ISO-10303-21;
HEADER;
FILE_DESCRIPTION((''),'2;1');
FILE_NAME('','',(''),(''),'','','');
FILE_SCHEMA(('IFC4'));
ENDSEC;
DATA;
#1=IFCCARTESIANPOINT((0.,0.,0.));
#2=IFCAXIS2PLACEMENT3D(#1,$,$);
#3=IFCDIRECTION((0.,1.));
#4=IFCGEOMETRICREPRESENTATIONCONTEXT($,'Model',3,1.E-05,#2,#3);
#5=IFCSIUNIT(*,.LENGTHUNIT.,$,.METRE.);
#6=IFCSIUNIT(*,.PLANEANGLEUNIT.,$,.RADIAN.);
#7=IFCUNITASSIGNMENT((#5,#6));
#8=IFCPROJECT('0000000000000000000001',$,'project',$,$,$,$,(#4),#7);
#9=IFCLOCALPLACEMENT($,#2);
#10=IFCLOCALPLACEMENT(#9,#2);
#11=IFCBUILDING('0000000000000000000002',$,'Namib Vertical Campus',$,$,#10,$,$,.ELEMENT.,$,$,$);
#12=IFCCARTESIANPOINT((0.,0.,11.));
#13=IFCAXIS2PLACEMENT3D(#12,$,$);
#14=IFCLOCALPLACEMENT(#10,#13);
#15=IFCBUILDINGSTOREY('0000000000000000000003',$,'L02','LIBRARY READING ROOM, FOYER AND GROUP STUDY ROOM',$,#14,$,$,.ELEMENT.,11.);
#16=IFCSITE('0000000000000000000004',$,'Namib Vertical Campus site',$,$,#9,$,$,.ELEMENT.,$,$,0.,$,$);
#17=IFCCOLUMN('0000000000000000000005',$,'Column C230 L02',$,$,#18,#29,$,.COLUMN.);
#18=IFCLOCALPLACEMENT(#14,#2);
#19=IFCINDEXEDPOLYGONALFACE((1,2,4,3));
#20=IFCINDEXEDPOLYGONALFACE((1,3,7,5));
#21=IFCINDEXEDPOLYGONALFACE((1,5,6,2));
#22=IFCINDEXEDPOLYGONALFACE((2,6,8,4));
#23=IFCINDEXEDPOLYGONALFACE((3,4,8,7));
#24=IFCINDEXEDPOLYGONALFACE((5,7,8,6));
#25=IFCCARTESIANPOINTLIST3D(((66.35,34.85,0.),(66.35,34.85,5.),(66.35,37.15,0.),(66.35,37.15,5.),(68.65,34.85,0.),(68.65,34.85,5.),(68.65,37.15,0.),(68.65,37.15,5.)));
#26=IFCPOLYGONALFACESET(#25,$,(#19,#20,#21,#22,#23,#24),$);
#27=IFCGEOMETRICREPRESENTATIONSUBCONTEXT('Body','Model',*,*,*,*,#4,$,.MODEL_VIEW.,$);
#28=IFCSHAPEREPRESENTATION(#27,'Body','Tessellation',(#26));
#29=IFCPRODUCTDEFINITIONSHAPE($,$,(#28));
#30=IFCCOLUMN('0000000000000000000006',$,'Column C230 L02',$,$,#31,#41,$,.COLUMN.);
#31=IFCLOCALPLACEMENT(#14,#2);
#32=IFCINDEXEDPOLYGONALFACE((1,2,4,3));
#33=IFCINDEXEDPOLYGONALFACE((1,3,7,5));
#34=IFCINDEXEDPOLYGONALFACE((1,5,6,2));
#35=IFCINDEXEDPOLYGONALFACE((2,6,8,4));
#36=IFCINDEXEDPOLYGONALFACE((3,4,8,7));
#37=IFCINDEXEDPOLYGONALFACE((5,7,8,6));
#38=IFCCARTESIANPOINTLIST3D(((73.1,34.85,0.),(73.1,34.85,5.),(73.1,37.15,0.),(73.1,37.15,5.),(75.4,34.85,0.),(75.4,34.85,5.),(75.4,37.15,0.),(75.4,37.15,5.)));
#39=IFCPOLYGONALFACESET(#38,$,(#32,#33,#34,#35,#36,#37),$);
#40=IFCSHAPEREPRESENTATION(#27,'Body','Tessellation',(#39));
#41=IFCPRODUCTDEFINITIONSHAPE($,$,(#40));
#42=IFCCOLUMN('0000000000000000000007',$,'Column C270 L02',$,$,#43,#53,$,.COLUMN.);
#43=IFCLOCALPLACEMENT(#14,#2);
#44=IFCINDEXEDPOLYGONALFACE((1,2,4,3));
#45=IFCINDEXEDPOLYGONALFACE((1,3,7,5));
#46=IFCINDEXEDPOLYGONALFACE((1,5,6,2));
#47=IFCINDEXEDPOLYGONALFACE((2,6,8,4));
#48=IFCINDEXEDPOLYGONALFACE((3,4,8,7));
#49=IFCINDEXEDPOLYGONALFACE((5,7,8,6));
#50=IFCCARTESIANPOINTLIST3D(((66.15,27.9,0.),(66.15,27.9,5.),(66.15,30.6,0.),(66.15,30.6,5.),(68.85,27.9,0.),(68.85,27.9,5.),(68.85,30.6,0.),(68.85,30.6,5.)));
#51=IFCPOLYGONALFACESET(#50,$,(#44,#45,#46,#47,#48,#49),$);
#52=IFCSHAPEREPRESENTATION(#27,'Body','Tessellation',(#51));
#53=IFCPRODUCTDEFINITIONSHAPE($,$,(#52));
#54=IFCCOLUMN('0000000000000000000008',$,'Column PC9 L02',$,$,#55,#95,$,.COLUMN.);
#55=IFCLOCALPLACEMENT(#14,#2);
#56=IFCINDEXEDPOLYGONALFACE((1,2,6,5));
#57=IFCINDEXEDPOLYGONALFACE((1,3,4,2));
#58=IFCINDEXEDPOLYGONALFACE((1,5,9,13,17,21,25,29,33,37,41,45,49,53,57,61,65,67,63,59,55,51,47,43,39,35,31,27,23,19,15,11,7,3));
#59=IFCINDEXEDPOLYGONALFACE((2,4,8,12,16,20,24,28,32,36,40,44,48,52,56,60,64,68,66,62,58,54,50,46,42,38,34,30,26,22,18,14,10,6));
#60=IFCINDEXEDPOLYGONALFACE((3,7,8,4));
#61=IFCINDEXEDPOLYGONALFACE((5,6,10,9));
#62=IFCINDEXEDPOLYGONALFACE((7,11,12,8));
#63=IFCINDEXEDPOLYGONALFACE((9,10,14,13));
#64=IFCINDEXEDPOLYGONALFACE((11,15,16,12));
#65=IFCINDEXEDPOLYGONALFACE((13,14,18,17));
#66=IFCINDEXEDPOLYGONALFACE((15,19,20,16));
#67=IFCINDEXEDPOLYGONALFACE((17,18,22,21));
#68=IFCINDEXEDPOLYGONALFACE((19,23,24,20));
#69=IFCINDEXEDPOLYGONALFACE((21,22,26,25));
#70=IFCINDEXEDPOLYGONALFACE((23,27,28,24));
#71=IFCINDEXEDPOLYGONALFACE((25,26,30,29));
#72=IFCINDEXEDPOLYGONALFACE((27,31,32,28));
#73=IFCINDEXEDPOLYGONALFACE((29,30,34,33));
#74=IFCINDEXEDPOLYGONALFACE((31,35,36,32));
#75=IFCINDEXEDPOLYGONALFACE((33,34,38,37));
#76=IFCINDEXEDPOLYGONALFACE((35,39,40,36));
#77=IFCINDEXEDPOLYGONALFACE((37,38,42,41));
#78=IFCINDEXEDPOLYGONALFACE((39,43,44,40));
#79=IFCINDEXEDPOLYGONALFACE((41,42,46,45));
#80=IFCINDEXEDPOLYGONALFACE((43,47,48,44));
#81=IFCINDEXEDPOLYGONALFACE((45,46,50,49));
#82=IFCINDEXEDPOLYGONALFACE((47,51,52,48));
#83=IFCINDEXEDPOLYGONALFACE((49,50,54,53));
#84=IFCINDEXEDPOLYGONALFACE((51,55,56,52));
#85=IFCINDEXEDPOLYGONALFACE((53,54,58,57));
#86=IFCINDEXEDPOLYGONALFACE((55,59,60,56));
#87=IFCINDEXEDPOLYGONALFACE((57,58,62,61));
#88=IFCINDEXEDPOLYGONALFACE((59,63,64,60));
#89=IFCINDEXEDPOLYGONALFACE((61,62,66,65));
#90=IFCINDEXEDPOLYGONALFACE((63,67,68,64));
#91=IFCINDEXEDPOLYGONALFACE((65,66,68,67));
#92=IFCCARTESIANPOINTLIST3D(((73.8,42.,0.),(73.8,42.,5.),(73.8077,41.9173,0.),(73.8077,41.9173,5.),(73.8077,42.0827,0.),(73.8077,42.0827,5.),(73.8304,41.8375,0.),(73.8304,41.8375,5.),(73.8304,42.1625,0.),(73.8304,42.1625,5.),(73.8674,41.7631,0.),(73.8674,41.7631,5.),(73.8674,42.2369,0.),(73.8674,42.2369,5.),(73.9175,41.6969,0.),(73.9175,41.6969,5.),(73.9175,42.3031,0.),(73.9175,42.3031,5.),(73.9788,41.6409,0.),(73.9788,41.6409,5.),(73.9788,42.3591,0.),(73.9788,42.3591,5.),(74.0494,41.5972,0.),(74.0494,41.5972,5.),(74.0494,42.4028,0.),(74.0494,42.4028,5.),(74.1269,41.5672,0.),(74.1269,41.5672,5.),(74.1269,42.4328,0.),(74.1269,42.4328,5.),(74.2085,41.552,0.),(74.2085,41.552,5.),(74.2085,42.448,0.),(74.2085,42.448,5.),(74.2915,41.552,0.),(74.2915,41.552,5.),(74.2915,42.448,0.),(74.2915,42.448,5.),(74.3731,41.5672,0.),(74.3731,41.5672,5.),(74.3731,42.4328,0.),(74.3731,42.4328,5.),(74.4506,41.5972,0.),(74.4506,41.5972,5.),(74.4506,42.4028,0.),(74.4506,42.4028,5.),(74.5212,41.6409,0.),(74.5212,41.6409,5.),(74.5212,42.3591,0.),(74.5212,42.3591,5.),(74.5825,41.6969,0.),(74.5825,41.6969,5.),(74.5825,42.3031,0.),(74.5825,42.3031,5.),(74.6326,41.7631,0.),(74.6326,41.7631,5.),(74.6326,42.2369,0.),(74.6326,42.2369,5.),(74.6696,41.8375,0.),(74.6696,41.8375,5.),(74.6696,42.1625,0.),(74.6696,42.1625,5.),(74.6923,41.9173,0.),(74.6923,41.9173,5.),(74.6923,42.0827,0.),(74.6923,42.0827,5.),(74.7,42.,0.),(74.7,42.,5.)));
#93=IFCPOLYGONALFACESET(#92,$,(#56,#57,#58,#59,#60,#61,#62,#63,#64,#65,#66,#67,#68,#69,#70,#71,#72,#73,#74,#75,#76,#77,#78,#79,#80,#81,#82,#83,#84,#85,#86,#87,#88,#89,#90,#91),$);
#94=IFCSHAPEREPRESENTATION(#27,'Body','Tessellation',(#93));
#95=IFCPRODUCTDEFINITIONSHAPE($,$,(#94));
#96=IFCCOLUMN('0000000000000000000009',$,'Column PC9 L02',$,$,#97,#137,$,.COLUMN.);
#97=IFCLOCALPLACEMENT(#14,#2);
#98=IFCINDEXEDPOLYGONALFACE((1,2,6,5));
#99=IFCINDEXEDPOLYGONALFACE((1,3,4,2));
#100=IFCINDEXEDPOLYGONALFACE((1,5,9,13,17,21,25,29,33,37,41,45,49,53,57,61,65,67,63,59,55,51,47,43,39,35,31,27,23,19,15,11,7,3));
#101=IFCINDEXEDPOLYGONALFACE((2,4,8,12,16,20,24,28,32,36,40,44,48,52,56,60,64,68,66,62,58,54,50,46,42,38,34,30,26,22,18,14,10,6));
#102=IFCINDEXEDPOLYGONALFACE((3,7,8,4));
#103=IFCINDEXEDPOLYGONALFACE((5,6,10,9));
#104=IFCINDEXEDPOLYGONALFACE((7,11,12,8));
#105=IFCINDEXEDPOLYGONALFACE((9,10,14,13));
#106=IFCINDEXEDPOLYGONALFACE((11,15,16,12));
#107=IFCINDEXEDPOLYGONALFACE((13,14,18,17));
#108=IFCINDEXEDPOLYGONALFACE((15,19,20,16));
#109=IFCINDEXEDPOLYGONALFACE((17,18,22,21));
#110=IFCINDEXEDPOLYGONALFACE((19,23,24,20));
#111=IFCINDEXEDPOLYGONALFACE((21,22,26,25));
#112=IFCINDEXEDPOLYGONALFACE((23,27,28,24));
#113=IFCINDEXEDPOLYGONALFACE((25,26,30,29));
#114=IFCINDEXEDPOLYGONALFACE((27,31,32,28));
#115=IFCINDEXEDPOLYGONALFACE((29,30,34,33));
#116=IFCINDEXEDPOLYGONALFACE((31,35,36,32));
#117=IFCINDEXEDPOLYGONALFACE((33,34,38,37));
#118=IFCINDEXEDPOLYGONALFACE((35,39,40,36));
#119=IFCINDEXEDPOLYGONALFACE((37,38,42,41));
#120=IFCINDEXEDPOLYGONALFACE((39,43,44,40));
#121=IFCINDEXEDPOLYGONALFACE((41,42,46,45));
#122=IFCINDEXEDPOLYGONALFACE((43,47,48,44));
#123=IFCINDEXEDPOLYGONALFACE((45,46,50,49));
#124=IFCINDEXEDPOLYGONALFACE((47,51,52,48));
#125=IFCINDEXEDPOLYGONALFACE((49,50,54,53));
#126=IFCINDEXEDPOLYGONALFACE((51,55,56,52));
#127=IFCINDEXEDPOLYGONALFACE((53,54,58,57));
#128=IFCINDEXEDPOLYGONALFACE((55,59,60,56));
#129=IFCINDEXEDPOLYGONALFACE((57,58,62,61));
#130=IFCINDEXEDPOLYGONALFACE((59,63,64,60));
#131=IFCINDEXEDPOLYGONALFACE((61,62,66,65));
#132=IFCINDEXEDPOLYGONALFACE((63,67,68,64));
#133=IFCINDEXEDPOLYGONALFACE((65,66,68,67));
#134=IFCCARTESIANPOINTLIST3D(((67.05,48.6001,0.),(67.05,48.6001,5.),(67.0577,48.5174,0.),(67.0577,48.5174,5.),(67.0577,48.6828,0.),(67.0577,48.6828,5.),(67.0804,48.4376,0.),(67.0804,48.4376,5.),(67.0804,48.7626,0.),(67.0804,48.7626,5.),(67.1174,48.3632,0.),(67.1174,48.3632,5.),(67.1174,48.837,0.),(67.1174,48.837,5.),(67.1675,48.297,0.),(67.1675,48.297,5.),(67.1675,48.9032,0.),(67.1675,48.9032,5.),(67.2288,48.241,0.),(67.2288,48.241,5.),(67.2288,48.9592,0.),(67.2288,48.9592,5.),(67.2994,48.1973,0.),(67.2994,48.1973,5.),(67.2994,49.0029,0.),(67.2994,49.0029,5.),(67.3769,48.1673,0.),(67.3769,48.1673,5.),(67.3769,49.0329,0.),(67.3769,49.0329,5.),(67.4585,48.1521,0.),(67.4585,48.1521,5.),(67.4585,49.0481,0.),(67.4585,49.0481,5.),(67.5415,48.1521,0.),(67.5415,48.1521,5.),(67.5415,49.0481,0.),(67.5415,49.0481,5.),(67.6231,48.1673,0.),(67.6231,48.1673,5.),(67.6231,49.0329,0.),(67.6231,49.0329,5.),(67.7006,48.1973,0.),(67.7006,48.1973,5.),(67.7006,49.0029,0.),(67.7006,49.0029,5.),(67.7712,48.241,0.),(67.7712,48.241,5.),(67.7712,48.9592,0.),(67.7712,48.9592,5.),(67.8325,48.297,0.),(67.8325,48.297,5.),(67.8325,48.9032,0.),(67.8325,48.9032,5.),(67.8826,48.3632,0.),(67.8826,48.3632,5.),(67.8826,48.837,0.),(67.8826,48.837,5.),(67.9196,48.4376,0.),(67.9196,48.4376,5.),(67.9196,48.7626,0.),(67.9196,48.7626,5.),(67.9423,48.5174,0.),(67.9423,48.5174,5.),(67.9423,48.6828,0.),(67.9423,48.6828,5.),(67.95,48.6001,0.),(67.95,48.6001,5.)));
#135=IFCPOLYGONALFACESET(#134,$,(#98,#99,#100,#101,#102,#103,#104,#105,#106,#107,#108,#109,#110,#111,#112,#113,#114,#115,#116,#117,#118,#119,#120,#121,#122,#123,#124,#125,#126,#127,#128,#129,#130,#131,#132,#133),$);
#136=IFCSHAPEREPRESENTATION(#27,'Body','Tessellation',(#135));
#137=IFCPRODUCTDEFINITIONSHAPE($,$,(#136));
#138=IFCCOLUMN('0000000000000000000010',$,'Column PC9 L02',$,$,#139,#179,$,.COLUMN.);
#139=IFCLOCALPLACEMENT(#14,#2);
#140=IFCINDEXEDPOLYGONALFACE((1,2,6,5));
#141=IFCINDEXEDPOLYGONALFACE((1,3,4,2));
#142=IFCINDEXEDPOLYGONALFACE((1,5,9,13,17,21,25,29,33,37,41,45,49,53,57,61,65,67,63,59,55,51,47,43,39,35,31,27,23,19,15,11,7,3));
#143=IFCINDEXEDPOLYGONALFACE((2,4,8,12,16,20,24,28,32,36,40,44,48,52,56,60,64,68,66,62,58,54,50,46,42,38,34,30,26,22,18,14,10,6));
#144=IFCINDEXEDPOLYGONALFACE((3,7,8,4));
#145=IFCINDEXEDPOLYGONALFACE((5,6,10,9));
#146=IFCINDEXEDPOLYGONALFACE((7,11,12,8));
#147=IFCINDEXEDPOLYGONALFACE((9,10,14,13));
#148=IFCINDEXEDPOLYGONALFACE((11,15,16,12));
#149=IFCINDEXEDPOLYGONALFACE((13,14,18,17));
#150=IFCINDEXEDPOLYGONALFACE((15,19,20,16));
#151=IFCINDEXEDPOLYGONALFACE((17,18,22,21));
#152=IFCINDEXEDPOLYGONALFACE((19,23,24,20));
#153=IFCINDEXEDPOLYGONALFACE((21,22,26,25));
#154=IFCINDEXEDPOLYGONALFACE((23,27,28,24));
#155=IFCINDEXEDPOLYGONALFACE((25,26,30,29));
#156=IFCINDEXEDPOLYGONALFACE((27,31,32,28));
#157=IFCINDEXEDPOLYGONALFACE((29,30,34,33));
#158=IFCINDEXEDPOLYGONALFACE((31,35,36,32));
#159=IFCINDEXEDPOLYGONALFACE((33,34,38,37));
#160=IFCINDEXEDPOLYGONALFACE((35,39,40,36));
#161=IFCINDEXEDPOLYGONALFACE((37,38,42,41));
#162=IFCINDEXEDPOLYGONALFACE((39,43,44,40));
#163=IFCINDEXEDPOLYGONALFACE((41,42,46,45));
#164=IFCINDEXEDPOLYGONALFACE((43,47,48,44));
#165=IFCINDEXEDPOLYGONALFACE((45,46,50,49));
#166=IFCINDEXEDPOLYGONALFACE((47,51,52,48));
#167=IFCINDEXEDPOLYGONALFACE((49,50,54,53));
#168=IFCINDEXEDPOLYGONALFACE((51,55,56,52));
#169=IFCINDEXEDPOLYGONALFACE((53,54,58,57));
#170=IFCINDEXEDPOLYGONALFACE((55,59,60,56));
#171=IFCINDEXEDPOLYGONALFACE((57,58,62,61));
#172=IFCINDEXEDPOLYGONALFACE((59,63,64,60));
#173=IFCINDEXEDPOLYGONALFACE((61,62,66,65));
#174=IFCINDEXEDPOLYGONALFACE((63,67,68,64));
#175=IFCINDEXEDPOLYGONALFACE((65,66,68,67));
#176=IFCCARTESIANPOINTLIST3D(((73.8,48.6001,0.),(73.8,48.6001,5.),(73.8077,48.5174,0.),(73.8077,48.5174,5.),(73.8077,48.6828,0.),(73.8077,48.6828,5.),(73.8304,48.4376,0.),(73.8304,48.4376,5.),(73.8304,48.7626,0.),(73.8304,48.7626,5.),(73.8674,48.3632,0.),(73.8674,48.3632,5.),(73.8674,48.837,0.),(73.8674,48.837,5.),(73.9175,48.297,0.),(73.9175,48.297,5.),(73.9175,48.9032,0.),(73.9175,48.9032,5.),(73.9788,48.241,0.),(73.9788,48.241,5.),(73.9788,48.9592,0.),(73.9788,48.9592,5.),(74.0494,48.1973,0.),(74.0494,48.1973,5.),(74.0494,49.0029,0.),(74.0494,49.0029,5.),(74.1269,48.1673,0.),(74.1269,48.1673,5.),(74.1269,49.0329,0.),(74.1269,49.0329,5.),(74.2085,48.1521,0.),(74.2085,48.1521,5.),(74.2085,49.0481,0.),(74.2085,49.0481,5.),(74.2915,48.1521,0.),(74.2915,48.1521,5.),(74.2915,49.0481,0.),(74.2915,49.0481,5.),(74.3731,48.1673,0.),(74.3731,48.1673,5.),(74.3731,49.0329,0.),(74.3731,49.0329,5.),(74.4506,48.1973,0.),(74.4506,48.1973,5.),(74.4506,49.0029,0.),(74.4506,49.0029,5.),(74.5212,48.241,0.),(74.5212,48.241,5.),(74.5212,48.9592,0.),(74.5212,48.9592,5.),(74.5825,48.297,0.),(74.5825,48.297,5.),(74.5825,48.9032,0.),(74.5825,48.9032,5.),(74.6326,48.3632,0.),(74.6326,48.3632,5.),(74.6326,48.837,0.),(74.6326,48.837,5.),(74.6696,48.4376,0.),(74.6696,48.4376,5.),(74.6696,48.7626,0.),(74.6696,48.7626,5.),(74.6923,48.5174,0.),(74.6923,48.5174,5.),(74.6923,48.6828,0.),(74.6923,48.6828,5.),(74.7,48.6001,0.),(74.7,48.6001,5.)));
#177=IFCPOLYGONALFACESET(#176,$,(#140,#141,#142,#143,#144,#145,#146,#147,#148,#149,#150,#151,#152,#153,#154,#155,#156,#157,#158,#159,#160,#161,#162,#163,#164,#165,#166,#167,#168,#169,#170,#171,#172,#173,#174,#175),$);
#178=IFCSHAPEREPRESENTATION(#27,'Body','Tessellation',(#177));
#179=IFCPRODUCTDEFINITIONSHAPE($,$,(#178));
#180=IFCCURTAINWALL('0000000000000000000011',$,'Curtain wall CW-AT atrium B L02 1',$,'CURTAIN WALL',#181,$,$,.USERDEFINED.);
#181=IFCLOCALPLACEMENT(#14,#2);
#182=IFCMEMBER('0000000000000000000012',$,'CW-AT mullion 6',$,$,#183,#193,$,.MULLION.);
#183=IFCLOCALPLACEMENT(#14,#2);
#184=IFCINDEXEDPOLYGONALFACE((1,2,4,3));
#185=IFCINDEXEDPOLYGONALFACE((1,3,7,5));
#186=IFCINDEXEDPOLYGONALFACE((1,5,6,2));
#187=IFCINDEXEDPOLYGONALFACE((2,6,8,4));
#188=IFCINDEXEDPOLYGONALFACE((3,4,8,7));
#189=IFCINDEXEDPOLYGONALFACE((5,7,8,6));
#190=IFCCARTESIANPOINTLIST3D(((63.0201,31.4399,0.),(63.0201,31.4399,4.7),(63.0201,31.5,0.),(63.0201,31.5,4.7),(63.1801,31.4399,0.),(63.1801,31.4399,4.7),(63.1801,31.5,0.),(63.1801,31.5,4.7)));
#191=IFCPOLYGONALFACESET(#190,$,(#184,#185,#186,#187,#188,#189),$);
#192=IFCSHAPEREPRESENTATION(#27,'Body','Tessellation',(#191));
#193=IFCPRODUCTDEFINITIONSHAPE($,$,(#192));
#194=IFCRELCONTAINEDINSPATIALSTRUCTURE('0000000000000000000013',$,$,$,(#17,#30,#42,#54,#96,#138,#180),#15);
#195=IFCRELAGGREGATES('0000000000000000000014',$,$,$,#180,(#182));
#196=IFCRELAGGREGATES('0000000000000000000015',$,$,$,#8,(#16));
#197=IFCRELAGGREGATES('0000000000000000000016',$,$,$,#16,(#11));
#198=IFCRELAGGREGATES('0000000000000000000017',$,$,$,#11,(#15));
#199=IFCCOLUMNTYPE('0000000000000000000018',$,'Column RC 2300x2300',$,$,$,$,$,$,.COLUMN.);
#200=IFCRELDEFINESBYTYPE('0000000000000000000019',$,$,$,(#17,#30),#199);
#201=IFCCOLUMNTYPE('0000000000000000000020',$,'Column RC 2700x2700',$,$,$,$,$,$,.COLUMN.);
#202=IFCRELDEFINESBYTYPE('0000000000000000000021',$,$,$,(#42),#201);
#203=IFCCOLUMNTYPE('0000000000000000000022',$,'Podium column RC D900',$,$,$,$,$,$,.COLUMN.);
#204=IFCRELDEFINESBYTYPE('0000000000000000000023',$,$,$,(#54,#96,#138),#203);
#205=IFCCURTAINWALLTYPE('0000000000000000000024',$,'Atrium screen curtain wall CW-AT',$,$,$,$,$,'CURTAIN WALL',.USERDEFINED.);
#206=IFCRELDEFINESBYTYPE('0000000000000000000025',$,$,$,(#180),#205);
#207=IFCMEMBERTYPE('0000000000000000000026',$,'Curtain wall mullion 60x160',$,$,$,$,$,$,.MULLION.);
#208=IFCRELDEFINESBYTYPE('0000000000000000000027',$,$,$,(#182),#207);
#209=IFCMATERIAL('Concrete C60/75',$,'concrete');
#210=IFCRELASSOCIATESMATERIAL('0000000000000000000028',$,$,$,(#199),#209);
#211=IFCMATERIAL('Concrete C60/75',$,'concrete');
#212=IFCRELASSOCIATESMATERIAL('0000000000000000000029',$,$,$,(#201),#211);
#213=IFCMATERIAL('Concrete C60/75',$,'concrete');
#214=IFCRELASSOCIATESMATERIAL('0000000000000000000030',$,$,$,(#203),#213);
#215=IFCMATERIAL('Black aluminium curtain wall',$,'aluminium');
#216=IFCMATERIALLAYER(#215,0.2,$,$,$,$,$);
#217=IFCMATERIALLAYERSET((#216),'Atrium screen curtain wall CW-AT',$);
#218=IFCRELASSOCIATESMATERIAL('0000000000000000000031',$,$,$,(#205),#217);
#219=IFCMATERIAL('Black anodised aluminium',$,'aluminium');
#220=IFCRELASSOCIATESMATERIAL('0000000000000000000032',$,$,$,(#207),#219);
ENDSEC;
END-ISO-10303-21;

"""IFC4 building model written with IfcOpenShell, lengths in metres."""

from ifc_helpers import new_model, si_unit, direction, frame, origin, origin_2d, place, context, subcontext, project, spatial, rectangle, circle, extrude, material, layer, layer_set, material_profile, profile_set, type_object, element, aggregate, save


model = new_model("IFC4")

# Units and contexts
model_context = context("Model", 3, precision=1e-05, world=origin(), true_north=direction((0.0, 1.0)))
body_context = subcontext(model_context, "Body", "Model", "MODEL_VIEW")
ifc_project = project(units=[si_unit("LENGTHUNIT", "METRE"), si_unit("PLANEANGLEUNIT", "RADIAN")], contexts=[model_context])

# Site, building, storey
site_placement = place(None, origin())
site = spatial("IfcSite", under=ifc_project, at=site_placement, Name="Namib Vertical Campus site", CompositionType="ELEMENT", RefElevation=0.0)
building_placement = place(site_placement, origin())
building = spatial("IfcBuilding", under=site, at=building_placement, Name="Namib Vertical Campus", CompositionType="ELEMENT")
storey_placement = place(building_placement, frame((0.0, 0.0, 11.0)))
storey = spatial("IfcBuildingStorey", under=building, at=storey_placement, Name="L02", Description="LIBRARY READING ROOM, FOYER AND GROUP STUDY ROOM", CompositionType="ELEMENT", Elevation=11.0)

# Columns
ifc_material_1 = material(Name="Concrete C60/75", Category="concrete")
ifc_material_profile_1 = material_profile(ifc_material_1, rectangle(XDim=2.3, YDim=2.3, at=origin_2d()))
ifc_profile_set_1 = profile_set([ifc_material_profile_1], Name="Concrete C60/75")
column_type_1 = type_object("IfcColumnType", Name="Column RC 2300x2300", PredefinedType="COLUMN", material=ifc_profile_set_1)
for number, where, z_axis, x_axis, name in (
    (1, (67.5, 36.0, 0.0), (0.0, 0.0, 1.0), (1.0, 0.0, 0.0), "Column C230 L02"),
    (2, (74.25, 36.0, 0.0), (0.0, 0.0, 1.0), (1.0, 0.0, 0.0), "Column C230 L02"),
):
    element("IfcColumn", number, at=place(storey_placement, frame(where, z_axis=z_axis, x_axis=x_axis)), inside=storey, type_object=column_type_1, Name=name, PredefinedType="COLUMN", context=body_context, shape_type="SweptSolid", body=[
        extrude(rectangle(XDim=2.3, YDim=2.3, at=origin_2d()), origin(), (0.0, 0.0, 1.0), 5.0),
    ])
ifc_material_2 = material(Name="Concrete C60/75", Category="concrete")
ifc_material_profile_2 = material_profile(ifc_material_2, rectangle(XDim=2.7, YDim=2.7, at=origin_2d()))
ifc_profile_set_2 = profile_set([ifc_material_profile_2], Name="Concrete C60/75")
column_type_2 = type_object("IfcColumnType", Name="Column RC 2700x2700", PredefinedType="COLUMN", material=ifc_profile_set_2)
column_placement = place(storey_placement, frame((67.5, 29.25, 0.0), z_axis=(0.0, 0.0, 1.0), x_axis=(1.0, 0.0, 0.0)))
element("IfcColumn", 3, at=column_placement, inside=storey, type_object=column_type_2, Name="Column C270 L02", PredefinedType="COLUMN", context=body_context, shape_type="SweptSolid", body=[
    extrude(rectangle(XDim=2.7, YDim=2.7, at=origin_2d()), origin(), (0.0, 0.0, 1.0), 5.0),
])
ifc_material_3 = material(Name="Concrete C60/75", Category="concrete")
ifc_material_profile_3 = material_profile(ifc_material_3, circle(Radius=0.45, at=origin_2d()))
ifc_profile_set_3 = profile_set([ifc_material_profile_3], Name="Concrete C60/75")
column_type_3 = type_object("IfcColumnType", Name="Podium column RC D900", PredefinedType="COLUMN", material=ifc_profile_set_3)
for number, where, z_axis, x_axis, name in (
    (4, (74.25, 42.0, 0.0), (0.0, 0.0, 1.0), (1.0, 0.0, 0.0), "Column PC9 L02"),
    (5, (67.5, 48.6001, 0.0), (0.0, 0.0, 1.0), (1.0, 0.0, 0.0), "Column PC9 L02"),
    (6, (74.25, 48.6001, 0.0), (0.0, 0.0, 1.0), (1.0, 0.0, 0.0), "Column PC9 L02"),
):
    element("IfcColumn", number, at=place(storey_placement, frame(where, z_axis=z_axis, x_axis=x_axis)), inside=storey, type_object=column_type_3, Name=name, PredefinedType="COLUMN", context=body_context, shape_type="SweptSolid", body=[
        extrude(circle(Radius=0.45, at=origin_2d()), origin(), (0.0, 0.0, 1.0), 5.0),
    ])

# Curtain wall, member
ifc_material_4 = material(Name="Black aluminium curtain wall", Category="aluminium")
ifc_layer_1 = layer(ifc_material_4, 0.2)
ifc_layer_set_1 = layer_set([ifc_layer_1], Name="Atrium screen curtain wall CW-AT")
curtain_wall_type = type_object("IfcCurtainWallType", Name="Atrium screen curtain wall CW-AT", ElementType="CURTAIN WALL", PredefinedType="USERDEFINED", material=ifc_layer_set_1)
curtain_wall_placement = place(storey_placement, origin())
curtain_wall = element("IfcCurtainWall", 7, at=curtain_wall_placement, inside=storey, type_object=curtain_wall_type, Name="Curtain wall CW-AT atrium B L02 1", ObjectType="CURTAIN WALL", PredefinedType="USERDEFINED")
ifc_material_5 = material(Name="Black anodised aluminium", Category="aluminium")
ifc_material_profile_4 = material_profile(ifc_material_5, rectangle(XDim=0.0601, YDim=0.1599, at=origin_2d()))
ifc_profile_set_4 = profile_set([ifc_material_profile_4], Name="Black anodised aluminium")
member_type = type_object("IfcMemberType", Name="Curtain wall mullion 60x160", PredefinedType="MULLION", material=ifc_profile_set_4)
member_placement = place(storey_placement, frame((63.1001, 31.47, 0.0), z_axis=(0.0, 0.0, 1.0), x_axis=(0.0, 1.0, 0.0)))
member = element("IfcMember", 8, at=member_placement, type_object=member_type, Name="CW-AT mullion 6", PredefinedType="MULLION", context=body_context, shape_type="SweptSolid", body=[
    extrude(rectangle(XDim=0.0601, YDim=0.1599, at=origin_2d()), origin(), (0.0, 0.0, 1.0), 4.7),
])

aggregate(curtain_wall, [member])

save(model, "model.ifc")
